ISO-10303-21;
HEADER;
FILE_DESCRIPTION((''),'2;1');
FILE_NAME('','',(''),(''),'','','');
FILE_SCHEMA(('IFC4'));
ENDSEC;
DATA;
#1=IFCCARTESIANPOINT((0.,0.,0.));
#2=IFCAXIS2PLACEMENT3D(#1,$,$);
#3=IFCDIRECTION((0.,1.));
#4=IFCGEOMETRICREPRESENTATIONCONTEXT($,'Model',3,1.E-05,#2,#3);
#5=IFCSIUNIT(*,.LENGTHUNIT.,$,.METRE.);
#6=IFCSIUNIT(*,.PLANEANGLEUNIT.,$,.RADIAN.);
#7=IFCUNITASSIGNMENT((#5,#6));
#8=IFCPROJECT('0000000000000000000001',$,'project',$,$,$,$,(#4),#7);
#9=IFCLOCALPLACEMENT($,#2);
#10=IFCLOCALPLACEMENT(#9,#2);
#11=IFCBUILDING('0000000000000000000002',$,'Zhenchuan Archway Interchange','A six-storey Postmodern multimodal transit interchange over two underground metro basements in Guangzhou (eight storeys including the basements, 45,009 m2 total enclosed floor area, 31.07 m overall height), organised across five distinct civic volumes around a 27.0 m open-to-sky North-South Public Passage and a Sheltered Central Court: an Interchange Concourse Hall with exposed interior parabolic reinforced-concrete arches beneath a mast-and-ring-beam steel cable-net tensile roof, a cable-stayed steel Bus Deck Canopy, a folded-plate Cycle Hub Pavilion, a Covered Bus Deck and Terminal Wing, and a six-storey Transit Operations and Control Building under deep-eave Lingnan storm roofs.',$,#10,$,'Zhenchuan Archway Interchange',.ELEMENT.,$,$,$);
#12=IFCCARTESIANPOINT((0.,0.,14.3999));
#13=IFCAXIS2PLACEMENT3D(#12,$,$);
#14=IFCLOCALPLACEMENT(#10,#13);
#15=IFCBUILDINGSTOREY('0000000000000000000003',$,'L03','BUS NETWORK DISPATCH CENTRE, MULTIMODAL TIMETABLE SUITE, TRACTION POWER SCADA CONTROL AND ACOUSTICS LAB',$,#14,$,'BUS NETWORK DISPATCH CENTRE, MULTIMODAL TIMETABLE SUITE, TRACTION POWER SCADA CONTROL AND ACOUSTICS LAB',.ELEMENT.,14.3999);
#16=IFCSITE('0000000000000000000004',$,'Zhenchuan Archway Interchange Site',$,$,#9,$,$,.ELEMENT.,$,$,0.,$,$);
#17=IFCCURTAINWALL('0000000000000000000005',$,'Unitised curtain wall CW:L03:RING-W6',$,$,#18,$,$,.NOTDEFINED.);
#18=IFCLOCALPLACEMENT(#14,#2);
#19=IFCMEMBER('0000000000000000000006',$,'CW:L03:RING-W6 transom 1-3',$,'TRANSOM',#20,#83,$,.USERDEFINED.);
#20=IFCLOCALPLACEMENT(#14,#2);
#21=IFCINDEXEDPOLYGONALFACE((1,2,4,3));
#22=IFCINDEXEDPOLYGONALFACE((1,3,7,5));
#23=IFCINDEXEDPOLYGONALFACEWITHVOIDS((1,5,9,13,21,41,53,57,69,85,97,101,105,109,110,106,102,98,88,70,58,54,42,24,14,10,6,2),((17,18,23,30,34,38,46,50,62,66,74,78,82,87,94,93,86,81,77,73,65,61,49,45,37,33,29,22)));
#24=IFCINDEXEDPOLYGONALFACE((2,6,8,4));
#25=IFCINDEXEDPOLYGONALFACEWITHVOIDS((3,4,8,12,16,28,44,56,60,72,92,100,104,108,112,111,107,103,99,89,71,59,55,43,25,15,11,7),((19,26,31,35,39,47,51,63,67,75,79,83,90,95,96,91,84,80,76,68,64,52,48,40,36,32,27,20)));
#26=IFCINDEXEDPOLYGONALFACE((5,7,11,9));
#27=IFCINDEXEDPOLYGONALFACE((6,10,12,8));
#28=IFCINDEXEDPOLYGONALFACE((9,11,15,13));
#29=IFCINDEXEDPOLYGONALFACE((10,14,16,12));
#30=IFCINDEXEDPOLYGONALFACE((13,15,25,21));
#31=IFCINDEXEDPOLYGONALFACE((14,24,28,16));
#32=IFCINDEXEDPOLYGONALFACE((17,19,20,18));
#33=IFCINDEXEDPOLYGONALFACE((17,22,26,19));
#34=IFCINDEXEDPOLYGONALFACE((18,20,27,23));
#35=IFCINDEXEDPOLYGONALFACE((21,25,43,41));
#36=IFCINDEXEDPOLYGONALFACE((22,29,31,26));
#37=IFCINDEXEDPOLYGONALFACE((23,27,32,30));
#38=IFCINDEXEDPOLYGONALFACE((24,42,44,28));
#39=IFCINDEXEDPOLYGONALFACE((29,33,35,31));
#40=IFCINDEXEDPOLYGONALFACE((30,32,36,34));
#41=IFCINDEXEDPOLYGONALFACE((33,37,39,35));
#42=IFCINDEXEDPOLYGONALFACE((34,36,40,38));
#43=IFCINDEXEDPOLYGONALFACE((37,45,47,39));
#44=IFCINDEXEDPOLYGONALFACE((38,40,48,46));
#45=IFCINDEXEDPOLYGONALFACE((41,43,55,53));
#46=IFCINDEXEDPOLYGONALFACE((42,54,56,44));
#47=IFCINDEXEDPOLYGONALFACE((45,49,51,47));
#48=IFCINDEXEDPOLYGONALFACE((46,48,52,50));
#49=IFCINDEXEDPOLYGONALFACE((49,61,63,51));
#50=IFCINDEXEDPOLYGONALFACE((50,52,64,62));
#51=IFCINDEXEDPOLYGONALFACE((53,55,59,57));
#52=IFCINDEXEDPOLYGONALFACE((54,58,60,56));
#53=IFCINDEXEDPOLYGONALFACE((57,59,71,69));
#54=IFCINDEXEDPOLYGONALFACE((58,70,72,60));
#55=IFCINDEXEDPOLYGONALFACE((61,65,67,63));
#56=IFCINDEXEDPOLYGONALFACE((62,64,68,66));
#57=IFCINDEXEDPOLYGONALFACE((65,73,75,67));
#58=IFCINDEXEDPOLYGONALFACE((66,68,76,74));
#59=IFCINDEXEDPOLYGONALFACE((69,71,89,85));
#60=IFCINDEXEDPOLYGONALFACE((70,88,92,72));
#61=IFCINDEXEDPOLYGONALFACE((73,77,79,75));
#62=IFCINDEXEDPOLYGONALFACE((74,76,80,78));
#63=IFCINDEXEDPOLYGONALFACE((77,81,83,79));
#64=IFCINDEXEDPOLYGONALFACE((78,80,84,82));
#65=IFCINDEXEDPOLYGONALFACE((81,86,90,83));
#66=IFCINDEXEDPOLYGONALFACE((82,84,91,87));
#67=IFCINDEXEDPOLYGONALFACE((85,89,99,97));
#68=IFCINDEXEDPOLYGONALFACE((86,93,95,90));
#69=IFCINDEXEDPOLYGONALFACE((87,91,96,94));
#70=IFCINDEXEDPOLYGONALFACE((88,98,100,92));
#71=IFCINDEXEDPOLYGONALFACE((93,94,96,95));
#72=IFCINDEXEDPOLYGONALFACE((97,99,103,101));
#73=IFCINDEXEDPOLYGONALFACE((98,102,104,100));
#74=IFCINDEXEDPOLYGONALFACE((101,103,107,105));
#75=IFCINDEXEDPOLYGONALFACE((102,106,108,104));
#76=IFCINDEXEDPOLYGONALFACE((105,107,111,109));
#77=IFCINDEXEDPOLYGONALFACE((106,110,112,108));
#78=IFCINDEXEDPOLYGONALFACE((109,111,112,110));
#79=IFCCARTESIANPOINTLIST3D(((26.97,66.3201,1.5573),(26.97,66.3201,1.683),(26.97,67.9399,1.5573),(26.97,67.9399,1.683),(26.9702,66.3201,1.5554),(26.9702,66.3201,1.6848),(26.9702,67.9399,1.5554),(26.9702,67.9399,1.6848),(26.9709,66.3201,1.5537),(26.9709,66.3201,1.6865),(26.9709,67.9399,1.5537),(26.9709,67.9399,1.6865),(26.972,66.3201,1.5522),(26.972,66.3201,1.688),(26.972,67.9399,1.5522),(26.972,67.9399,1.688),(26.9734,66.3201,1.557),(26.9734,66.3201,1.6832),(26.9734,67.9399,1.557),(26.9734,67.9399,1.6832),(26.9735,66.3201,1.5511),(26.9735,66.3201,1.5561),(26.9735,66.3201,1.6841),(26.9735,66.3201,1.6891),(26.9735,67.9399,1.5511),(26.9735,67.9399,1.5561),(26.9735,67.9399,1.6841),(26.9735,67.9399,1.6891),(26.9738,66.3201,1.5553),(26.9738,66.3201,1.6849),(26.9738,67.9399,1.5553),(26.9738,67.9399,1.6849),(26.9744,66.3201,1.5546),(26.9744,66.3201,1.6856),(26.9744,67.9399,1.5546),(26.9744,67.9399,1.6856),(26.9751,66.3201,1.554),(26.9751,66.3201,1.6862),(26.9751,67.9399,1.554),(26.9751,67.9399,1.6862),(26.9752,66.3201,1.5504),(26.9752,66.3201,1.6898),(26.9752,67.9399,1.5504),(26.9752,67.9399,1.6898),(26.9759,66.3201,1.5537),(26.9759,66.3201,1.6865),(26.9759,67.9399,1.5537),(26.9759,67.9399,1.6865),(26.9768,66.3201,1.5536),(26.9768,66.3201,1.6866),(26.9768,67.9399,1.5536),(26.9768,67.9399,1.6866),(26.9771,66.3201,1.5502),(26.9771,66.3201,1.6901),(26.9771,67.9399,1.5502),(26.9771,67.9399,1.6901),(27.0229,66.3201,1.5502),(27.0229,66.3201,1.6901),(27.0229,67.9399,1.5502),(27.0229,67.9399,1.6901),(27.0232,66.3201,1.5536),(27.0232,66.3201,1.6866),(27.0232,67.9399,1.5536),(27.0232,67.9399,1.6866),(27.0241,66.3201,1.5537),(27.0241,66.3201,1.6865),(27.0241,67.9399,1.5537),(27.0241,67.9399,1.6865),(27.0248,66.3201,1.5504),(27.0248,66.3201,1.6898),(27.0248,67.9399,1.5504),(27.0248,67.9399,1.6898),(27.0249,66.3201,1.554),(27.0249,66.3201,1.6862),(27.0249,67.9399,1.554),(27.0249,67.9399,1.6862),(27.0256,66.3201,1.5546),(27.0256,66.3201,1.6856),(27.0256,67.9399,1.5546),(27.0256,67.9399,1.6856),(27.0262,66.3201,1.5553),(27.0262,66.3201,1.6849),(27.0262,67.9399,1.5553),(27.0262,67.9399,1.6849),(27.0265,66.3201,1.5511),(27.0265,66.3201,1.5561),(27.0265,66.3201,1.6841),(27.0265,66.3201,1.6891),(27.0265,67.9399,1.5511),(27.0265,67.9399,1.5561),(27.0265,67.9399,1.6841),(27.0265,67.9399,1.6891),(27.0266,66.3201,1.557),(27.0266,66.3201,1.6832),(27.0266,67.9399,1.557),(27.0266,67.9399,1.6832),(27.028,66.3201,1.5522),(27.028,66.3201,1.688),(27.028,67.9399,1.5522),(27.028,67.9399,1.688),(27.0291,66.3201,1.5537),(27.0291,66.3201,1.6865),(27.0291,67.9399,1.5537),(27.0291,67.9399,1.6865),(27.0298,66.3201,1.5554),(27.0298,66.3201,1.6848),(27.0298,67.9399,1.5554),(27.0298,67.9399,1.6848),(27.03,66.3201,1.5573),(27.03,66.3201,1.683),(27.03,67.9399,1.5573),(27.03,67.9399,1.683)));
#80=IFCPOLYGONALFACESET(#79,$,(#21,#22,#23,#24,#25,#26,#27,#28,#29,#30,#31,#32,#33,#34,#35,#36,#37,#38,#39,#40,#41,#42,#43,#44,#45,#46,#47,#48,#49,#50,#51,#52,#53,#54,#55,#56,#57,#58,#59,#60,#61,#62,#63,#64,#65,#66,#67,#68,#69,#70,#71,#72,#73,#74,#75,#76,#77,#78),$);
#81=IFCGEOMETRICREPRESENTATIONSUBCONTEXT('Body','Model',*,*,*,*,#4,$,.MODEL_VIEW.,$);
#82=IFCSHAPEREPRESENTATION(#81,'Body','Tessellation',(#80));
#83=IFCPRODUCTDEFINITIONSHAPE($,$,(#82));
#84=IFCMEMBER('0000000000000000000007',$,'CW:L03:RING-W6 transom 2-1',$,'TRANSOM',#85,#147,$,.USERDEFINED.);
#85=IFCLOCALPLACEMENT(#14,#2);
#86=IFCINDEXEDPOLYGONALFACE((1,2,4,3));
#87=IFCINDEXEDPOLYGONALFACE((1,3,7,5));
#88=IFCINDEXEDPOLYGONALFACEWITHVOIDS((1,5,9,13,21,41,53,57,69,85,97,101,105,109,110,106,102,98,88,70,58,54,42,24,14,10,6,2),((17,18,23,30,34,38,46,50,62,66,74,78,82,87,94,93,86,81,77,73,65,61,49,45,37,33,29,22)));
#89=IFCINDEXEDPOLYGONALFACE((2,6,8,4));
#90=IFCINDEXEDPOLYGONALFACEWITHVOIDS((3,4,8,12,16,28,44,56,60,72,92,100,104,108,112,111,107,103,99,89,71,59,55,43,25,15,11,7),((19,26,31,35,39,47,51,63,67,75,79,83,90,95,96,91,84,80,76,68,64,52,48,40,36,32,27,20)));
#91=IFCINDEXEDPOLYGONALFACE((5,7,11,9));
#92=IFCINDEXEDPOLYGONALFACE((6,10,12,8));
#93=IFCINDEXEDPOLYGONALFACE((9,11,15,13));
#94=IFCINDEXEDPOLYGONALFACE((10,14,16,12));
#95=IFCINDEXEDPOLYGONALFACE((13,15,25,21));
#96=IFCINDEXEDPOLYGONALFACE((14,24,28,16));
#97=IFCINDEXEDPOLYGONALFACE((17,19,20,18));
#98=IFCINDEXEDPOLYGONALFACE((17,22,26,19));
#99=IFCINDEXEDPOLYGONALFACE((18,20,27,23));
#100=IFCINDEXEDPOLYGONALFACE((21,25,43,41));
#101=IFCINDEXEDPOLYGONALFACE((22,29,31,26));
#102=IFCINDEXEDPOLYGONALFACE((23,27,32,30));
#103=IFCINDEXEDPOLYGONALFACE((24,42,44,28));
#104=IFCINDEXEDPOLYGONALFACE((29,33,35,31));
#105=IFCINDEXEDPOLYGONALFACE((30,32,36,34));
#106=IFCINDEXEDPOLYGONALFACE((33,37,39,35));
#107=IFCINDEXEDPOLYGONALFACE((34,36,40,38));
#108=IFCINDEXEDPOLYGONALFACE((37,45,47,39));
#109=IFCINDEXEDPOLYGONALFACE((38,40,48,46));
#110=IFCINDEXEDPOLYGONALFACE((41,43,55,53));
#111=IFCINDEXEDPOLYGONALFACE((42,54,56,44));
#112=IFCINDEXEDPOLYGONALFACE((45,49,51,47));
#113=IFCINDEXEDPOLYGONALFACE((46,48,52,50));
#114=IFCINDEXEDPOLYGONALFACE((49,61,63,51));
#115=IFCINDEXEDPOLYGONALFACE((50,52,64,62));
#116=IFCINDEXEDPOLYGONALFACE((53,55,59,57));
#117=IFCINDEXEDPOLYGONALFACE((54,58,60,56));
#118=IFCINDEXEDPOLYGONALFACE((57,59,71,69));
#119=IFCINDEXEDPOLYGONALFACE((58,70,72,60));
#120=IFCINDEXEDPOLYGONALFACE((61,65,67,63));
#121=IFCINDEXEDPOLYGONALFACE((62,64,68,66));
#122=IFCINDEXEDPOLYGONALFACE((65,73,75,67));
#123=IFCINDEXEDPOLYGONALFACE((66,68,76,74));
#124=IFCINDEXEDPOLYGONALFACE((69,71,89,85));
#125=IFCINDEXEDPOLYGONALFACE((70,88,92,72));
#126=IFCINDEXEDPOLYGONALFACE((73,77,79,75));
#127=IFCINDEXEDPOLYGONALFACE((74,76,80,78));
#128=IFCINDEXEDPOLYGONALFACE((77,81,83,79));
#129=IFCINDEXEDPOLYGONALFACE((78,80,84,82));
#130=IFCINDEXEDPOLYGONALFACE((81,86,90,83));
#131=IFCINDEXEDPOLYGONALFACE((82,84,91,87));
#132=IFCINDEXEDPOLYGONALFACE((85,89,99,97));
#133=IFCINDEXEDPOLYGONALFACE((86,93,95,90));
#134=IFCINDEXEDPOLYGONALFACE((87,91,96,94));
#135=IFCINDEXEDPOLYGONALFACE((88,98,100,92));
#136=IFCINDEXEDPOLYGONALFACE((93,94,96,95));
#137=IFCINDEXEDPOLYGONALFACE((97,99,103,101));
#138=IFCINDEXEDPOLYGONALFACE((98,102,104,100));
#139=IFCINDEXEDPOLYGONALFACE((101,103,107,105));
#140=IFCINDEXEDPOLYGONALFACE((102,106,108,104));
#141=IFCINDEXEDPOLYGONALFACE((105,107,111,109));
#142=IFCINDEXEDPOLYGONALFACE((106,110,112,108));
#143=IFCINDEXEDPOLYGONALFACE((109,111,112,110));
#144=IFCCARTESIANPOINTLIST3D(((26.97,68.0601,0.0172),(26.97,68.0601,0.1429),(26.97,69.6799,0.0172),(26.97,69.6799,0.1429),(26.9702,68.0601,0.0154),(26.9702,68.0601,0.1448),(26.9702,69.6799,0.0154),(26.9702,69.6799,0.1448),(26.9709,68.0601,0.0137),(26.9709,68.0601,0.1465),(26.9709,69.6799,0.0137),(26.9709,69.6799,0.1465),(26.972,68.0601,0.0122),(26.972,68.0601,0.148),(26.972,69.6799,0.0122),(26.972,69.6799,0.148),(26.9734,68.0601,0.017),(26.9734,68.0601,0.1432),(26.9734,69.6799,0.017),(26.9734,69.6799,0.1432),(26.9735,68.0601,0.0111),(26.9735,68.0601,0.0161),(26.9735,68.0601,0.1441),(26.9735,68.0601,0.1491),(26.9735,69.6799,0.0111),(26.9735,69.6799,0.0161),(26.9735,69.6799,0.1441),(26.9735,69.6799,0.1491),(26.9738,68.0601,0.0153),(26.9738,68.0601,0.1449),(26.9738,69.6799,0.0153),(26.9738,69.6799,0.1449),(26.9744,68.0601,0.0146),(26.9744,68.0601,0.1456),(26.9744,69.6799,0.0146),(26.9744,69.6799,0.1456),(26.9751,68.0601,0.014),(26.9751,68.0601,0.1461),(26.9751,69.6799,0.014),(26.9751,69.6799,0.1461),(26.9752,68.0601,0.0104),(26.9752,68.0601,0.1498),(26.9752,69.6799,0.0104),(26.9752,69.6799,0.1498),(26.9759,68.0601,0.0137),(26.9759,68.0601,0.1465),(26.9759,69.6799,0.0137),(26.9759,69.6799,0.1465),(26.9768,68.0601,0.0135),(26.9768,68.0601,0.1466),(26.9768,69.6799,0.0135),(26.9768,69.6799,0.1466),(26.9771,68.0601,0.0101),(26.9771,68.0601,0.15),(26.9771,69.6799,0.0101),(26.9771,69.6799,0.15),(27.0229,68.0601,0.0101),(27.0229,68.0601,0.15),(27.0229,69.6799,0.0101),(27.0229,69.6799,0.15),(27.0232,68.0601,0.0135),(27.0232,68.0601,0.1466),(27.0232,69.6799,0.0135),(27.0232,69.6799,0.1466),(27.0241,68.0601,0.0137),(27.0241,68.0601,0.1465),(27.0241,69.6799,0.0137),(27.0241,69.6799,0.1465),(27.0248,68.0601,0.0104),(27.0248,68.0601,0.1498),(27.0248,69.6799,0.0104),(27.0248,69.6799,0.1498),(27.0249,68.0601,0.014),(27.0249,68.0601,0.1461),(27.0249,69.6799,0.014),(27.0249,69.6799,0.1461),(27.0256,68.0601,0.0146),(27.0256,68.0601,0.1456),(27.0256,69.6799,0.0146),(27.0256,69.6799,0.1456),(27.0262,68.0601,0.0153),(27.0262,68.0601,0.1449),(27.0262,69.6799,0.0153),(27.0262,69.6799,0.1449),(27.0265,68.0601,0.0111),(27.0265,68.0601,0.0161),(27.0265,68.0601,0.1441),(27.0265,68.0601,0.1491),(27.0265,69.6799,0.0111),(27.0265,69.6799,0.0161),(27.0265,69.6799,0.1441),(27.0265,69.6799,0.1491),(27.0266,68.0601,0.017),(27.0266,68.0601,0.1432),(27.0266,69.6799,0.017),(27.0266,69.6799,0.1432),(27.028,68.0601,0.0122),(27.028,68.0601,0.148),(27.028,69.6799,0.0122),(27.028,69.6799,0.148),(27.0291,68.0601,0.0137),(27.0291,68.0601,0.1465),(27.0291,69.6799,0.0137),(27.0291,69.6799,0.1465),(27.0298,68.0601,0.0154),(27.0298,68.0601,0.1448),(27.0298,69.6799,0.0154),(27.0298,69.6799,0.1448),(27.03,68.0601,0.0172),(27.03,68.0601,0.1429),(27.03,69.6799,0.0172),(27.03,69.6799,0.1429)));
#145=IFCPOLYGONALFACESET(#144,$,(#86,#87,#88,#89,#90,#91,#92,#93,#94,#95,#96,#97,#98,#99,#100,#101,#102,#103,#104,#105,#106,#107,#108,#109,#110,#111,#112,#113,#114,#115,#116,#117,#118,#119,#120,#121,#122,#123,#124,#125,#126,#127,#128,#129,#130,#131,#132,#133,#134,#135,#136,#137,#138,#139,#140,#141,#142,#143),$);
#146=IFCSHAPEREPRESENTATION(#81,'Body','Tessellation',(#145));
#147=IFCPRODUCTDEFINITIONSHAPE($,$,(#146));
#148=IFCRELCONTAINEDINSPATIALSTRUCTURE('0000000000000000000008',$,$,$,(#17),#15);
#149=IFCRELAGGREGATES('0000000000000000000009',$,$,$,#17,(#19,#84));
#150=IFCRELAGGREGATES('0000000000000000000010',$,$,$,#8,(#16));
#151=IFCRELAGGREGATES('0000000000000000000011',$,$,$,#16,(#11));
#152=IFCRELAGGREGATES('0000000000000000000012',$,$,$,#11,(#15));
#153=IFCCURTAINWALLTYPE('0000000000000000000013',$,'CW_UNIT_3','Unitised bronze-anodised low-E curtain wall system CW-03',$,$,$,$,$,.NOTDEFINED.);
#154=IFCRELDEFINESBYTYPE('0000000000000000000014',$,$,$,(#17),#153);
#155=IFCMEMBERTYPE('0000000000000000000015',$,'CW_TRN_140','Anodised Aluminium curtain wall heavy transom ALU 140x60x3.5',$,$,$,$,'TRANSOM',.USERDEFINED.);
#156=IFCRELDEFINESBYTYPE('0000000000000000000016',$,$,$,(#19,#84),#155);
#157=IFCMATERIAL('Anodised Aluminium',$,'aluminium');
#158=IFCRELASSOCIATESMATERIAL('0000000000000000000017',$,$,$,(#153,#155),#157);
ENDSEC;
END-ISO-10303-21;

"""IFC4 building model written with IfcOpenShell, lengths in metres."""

from ifc_helpers import new_model, si_unit, direction, frame, origin, origin_2d, place, context, subcontext, project, spatial, hollow_rectangle, extrude, material, material_profile, profile_set, type_object, element, aggregate, save


model = new_model("IFC4")

# Units and contexts
model_context = context("Model", 3, precision=1e-05, world=origin(), true_north=direction((0.0, 1.0)))
body_context = subcontext(model_context, "Body", "Model", "MODEL_VIEW")
ifc_project = project(units=[si_unit("LENGTHUNIT", "METRE"), si_unit("PLANEANGLEUNIT", "RADIAN")], contexts=[model_context])

# Site, building, storey
site_placement = place(None, origin())
site = spatial("IfcSite", under=ifc_project, at=site_placement, Name="Zhenchuan Archway Interchange Site", CompositionType="ELEMENT", RefElevation=0.0)
building_placement = place(site_placement, origin())
building = spatial("IfcBuilding", under=site, at=building_placement, Name="Zhenchuan Archway Interchange", Description="A six-storey Postmodern multimodal transit interchange over two underground metro basements in Guangzhou (eight storeys including the basements, 45,009 m2 total enclosed floor area, 31.07 m overall height), organised across five distinct civic volumes around a 27.0 m open-to-sky North-South Public Passage and a Sheltered Central Court: an Interchange Concourse Hall with exposed interior parabolic reinforced-concrete arches beneath a mast-and-ring-beam steel cable-net tensile roof, a cable-stayed steel Bus Deck Canopy, a folded-plate Cycle Hub Pavilion, a Covered Bus Deck and Terminal Wing, and a six-storey Transit Operations and Control Building under deep-eave Lingnan storm roofs.", LongName="Zhenchuan Archway Interchange", CompositionType="ELEMENT")
storey_placement = place(building_placement, frame((0.0, 0.0, 14.3999)))
storey = spatial("IfcBuildingStorey", under=building, at=storey_placement, Name="L03", Description="BUS NETWORK DISPATCH CENTRE, MULTIMODAL TIMETABLE SUITE, TRACTION POWER SCADA CONTROL AND ACOUSTICS LAB", LongName="BUS NETWORK DISPATCH CENTRE, MULTIMODAL TIMETABLE SUITE, TRACTION POWER SCADA CONTROL AND ACOUSTICS LAB", CompositionType="ELEMENT", Elevation=14.3999)

# Curtain wall, members
ifc_material_1 = material(Name="Anodised Aluminium", Category="aluminium")
curtain_wall_type = type_object("IfcCurtainWallType", Name="CW_UNIT_3", Description="Unitised bronze-anodised low-E curtain wall system CW-03", PredefinedType="NOTDEFINED", material=ifc_material_1)
curtain_wall_placement = place(storey_placement, origin())
curtain_wall = element("IfcCurtainWall", 1, at=curtain_wall_placement, inside=storey, type_object=curtain_wall_type, Name="Unitised curtain wall CW:L03:RING-W6", PredefinedType="NOTDEFINED")
ifc_material_profile_1 = material_profile(ifc_material_1, hollow_rectangle(XDim=0.0601, YDim=0.1399, WallThickness=0.0034, InnerFilletRadius=0.0034, OuterFilletRadius=0.0071, at=origin_2d()), Name="ALU 140x60x3.5")
ifc_profile_set_1 = profile_set([ifc_material_profile_1], Name="Anodised Aluminium")
member_type_1 = type_object("IfcMemberType", Name="CW_TRN_140", Description="Anodised Aluminium curtain wall heavy transom ALU 140x60x3.5", ElementType="TRANSOM", PredefinedType="USERDEFINED", material=ifc_profile_set_1)
member_1_placement = place(storey_placement, frame((27.0, 66.3201, 1.6201), z_axis=(0.0, 1.0, 0.0), x_axis=(-1.0, 0.0, 0.0)))
member_1 = element("IfcMember", 2, at=member_1_placement, type_object=member_type_1, Name="CW:L03:RING-W6 transom 1-3", ObjectType="TRANSOM", PredefinedType="USERDEFINED", context=body_context, shape_type="SweptSolid", body=[
    extrude(hollow_rectangle(XDim=0.0601, YDim=0.1399, WallThickness=0.0034, InnerFilletRadius=0.0034, OuterFilletRadius=0.0071, at=origin_2d()), origin(), (0.0, 0.0, 1.0), 1.6199),
])
member_2_placement = place(storey_placement, frame((27.0, 68.0601, 0.0801), z_axis=(0.0, 1.0, 0.0), x_axis=(-1.0, 0.0, 0.0)))
member_2 = element("IfcMember", 3, at=member_2_placement, type_object=member_type_1, Name="CW:L03:RING-W6 transom 2-1", ObjectType="TRANSOM", PredefinedType="USERDEFINED", context=body_context, shape_type="SweptSolid", body=[
    extrude(hollow_rectangle(XDim=0.0601, YDim=0.1399, WallThickness=0.0034, InnerFilletRadius=0.0034, OuterFilletRadius=0.0071, at=origin_2d()), origin(), (0.0, 0.0, 1.0), 1.6199),
])
aggregate(curtain_wall, [member_1, member_2])

save(model, "model.ifc")
